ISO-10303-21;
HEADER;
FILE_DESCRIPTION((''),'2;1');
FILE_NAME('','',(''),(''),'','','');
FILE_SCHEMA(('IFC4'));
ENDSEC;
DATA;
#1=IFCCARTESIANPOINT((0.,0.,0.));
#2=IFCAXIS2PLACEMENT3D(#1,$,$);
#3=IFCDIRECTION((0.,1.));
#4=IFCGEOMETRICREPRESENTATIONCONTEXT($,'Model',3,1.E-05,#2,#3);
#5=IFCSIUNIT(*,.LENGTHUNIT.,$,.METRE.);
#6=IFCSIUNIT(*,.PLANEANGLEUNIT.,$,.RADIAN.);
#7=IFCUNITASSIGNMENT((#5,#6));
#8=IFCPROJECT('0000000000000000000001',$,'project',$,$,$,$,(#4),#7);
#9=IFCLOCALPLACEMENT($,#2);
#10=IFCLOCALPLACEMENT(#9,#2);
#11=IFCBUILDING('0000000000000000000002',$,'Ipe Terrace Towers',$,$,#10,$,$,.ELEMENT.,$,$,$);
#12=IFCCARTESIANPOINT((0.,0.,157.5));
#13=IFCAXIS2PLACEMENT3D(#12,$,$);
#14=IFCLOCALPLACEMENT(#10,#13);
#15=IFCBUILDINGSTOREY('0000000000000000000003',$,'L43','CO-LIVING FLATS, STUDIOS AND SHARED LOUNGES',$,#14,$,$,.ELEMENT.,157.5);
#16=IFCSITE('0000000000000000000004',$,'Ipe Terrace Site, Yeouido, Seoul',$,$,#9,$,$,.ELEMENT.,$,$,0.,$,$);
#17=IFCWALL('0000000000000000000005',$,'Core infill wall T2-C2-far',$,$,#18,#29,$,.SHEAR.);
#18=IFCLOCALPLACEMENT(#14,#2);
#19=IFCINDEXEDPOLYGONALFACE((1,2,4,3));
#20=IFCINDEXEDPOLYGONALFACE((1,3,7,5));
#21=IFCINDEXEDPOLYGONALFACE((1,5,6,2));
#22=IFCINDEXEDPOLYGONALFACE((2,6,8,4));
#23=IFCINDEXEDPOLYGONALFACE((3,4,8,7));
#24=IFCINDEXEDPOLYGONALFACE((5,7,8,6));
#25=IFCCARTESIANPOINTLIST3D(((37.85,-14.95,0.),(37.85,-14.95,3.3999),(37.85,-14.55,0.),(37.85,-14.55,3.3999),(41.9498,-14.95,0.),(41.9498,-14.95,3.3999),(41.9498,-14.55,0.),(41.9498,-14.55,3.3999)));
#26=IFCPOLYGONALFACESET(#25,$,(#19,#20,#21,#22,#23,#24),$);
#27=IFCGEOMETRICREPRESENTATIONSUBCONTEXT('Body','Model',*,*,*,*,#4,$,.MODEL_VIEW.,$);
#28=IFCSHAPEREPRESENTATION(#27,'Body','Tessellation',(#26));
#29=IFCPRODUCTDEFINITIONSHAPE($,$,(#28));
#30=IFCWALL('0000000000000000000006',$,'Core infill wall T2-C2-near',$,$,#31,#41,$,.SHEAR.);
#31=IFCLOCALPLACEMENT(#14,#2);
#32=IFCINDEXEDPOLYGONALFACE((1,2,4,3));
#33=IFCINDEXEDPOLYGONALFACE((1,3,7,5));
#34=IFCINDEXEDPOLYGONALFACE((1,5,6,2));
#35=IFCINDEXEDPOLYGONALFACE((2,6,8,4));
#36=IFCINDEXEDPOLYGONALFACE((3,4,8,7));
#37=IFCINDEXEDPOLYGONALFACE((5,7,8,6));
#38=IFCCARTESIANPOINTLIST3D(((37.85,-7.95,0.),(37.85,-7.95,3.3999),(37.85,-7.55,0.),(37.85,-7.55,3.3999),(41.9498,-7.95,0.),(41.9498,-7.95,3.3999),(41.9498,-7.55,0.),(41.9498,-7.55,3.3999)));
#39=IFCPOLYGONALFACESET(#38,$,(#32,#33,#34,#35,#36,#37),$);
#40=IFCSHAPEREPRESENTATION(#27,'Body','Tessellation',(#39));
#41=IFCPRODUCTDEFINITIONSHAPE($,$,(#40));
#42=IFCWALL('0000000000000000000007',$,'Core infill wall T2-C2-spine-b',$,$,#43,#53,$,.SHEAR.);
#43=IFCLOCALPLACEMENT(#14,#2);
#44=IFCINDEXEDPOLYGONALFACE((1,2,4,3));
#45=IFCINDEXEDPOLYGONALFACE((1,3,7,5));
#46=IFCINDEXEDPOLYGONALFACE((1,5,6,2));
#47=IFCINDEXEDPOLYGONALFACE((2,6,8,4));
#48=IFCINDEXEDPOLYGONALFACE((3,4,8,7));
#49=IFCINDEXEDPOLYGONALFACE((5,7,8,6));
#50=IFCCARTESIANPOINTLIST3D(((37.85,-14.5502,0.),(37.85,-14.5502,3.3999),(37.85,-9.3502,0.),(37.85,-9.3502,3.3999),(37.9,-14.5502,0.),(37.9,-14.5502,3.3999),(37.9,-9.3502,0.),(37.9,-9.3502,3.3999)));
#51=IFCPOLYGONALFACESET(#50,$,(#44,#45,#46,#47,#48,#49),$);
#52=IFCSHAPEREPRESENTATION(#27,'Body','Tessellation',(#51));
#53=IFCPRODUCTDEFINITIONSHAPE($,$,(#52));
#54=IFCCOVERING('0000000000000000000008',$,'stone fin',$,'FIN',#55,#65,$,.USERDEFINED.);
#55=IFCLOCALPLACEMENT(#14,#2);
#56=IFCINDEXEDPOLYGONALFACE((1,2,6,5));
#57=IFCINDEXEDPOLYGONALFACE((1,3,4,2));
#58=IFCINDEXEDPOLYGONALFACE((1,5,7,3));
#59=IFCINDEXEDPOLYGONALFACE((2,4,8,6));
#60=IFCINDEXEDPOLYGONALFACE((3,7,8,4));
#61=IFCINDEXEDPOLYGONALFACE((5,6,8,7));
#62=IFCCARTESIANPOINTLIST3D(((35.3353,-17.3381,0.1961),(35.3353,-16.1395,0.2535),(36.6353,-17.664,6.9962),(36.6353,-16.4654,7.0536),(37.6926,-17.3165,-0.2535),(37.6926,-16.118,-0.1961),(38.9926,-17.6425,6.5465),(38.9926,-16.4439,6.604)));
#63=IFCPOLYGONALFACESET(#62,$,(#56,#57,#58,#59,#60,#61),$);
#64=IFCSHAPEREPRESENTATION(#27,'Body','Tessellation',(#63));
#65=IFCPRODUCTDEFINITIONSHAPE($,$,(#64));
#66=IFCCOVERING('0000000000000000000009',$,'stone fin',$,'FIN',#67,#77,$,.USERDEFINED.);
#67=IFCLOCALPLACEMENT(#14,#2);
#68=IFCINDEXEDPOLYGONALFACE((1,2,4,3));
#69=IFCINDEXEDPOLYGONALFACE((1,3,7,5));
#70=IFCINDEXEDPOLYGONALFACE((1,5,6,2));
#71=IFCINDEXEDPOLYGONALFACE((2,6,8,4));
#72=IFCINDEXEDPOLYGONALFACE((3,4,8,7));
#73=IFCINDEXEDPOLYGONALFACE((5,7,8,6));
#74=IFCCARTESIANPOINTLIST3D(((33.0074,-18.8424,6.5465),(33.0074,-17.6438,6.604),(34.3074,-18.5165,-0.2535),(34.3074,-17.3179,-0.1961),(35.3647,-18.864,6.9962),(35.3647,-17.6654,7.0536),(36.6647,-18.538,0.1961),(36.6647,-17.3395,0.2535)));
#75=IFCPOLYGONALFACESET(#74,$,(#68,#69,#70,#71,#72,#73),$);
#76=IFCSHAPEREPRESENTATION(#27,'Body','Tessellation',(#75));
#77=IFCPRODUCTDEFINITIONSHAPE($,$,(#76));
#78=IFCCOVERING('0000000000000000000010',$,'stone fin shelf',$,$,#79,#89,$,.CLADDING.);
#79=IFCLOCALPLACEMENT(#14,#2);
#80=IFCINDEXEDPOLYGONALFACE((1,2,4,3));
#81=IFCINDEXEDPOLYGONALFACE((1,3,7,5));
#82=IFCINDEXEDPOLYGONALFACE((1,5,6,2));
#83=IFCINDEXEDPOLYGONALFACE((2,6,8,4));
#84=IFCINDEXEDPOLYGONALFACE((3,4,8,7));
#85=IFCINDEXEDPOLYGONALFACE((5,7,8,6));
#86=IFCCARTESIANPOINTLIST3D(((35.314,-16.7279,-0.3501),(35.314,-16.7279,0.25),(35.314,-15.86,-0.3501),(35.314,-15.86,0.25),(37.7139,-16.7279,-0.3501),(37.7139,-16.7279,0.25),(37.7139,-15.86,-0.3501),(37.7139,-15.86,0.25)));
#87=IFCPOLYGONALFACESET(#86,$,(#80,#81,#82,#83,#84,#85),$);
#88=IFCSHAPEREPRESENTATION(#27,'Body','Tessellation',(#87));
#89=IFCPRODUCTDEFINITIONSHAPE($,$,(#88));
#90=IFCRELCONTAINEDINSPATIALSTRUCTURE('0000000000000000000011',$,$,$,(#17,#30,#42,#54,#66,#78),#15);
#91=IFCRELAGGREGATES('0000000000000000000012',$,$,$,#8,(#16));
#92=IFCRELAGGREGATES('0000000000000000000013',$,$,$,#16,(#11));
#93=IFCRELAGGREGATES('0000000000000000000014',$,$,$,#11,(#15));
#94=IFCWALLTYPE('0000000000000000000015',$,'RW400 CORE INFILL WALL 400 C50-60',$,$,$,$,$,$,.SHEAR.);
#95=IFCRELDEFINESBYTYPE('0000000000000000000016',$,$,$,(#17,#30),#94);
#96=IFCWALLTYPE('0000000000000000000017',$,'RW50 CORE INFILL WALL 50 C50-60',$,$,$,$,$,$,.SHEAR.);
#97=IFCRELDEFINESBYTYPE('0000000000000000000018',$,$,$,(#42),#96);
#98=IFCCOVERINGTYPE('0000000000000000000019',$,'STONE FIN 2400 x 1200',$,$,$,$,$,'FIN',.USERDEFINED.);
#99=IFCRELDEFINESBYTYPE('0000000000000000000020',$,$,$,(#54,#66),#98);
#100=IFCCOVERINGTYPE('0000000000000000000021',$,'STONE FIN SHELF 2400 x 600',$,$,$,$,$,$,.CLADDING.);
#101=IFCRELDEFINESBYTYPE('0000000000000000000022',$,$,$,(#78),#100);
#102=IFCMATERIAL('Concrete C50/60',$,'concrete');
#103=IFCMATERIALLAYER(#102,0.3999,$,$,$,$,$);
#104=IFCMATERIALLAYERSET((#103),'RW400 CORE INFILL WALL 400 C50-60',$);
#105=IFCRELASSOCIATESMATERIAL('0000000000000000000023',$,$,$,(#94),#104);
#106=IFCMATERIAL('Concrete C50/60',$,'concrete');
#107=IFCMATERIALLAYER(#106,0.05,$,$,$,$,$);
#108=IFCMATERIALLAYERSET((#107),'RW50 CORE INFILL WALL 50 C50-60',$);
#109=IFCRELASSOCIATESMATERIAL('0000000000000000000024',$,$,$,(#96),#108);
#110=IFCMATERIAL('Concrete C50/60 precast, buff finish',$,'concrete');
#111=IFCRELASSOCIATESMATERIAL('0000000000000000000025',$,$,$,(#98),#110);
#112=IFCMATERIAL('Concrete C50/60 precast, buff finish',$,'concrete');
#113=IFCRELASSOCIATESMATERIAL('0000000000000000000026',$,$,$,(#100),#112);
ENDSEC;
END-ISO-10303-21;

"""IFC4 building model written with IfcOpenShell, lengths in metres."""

from ifc_helpers import new_model, si_unit, direction, frame, frame_2d, origin, origin_2d, place, context, subcontext, project, spatial, rectangle, extrude, material, layer, layer_set, material_profile, profile_set, type_object, element, save


model = new_model("IFC4")

# Units and contexts
model_context = context("Model", 3, precision=1e-05, world=origin(), true_north=direction((0.0, 1.0)))
body_context = subcontext(model_context, "Body", "Model", "MODEL_VIEW")
ifc_project = project(units=[si_unit("LENGTHUNIT", "METRE"), si_unit("PLANEANGLEUNIT", "RADIAN")], contexts=[model_context])

# Site, building, storey
site_placement = place(None, origin())
site = spatial("IfcSite", under=ifc_project, at=site_placement, Name="Ipe Terrace Site, Yeouido, Seoul", CompositionType="ELEMENT", RefElevation=0.0)
building_placement = place(site_placement, origin())
building = spatial("IfcBuilding", under=site, at=building_placement, Name="Ipe Terrace Towers", CompositionType="ELEMENT")
storey_placement = place(building_placement, frame((0.0, 0.0, 157.5)))
storey = spatial("IfcBuildingStorey", under=building, at=storey_placement, Name="L43", Description="CO-LIVING FLATS, STUDIOS AND SHARED LOUNGES", CompositionType="ELEMENT", Elevation=157.5)

# Walls
ifc_material_1 = material(Name="Concrete C50/60", Category="concrete")
ifc_layer_1 = layer(ifc_material_1, 0.3999)
ifc_layer_set_1 = layer_set([ifc_layer_1], Name="RW400 CORE INFILL WALL 400 C50-60")
wall_type_1 = type_object("IfcWallType", Name="RW400 CORE INFILL WALL 400 C50-60", PredefinedType="SHEAR", material=ifc_layer_set_1)
for number, where, z_axis, x_axis, name in (
    (1, (37.8501, -14.75, 0.0), (0.0, 0.0, 1.0), (1.0, 0.0, 0.0), "Core infill wall T2-C2-far"),
    (2, (37.8501, -7.75, 0.0), (0.0, 0.0, 1.0), (1.0, 0.0, 0.0), "Core infill wall T2-C2-near"),
):
    element("IfcWall", number, at=place(storey_placement, frame(where, z_axis=z_axis, x_axis=x_axis)), inside=storey, type_object=wall_type_1, Name=name, PredefinedType="SHEAR", context=body_context, shape_type="SweptSolid", body=[
        extrude(rectangle(XDim=4.0999, YDim=0.3999, at=frame_2d((2.0498, 0.0))), origin(), (0.0, 0.0, 1.0), 3.3999),
    ])
ifc_material_2 = material(Name="Concrete C50/60", Category="concrete")
ifc_layer_2 = layer(ifc_material_2, 0.05)
ifc_layer_set_2 = layer_set([ifc_layer_2], Name="RW50 CORE INFILL WALL 50 C50-60")
wall_type_2 = type_object("IfcWallType", Name="RW50 CORE INFILL WALL 50 C50-60", PredefinedType="SHEAR", material=ifc_layer_set_2)
wall_1_placement = place(storey_placement, frame((37.875, -9.3501, 0.0), z_axis=(0.0, 0.0, 1.0), x_axis=(0.0, -1.0, 0.0)))
element("IfcWall", 3, at=wall_1_placement, inside=storey, type_object=wall_type_2, Name="Core infill wall T2-C2-spine-b", PredefinedType="SHEAR", context=body_context, shape_type="SweptSolid", body=[
    extrude(rectangle(XDim=5.2, YDim=0.05, at=frame_2d((2.6001, 0.0))), origin(), (0.0, 0.0, 1.0), 3.3999),
])

# Coverings
ifc_material_3 = material(Name="Concrete C50/60 precast, buff finish", Category="concrete")
ifc_material_profile = material_profile(ifc_material_3, rectangle(XDim=2.3999, YDim=1.2, at=origin_2d()), Name="STONE FIN 2400 x 1200")
ifc_profile_set = profile_set([ifc_material_profile], Name="Concrete C50/60 precast, buff finish")
covering_type_1 = type_object("IfcCoveringType", Name="STONE FIN 2400 x 1200", ElementType="FIN", PredefinedType="USERDEFINED", material=ifc_profile_set)
for number, where, z_axis, x_axis, name in (
    (4, (36.5139, -16.728, 0.0), (0.187574, -0.047025, 0.981124), (0.982251, 0.00898, -0.187358), "stone fin"),
    (5, (35.4861, -17.928, 0.0), (-0.187574, -0.047025, 0.981124), (0.982251, -0.00898, 0.187358), "stone fin"),
):
    element("IfcCovering", number, at=place(storey_placement, frame(where, z_axis=z_axis, x_axis=x_axis)), inside=storey, type_object=covering_type_1, Name=name, ObjectType="FIN", PredefinedType="USERDEFINED", context=body_context, shape_type="SweptSolid", body=[
        extrude(rectangle(XDim=2.3999, YDim=1.2, at=origin_2d()), origin(), (0.0, 0.0, 1.0), 6.9309),
    ])
ifc_material_4 = material(Name="Concrete C50/60 precast, buff finish", Category="concrete")
covering_type_2 = type_object("IfcCoveringType", Name="STONE FIN SHELF 2400 x 600", PredefinedType="CLADDING", material=ifc_material_4)
covering_placement = place(storey_placement, frame((36.5139, -16.2939, -0.3501), z_axis=(0.0, 0.0, 1.0), x_axis=(1.0, 0.0, 0.0)))
element("IfcCovering", 6, at=covering_placement, inside=storey, type_object=covering_type_2, Name="stone fin shelf", PredefinedType="CLADDING", context=body_context, shape_type="SweptSolid", body=[
    extrude(rectangle(XDim=2.3999, YDim=0.8679, at=origin_2d()), origin(), (0.0, 0.0, 1.0), 0.6001),
])

save(model, "model.ifc")
